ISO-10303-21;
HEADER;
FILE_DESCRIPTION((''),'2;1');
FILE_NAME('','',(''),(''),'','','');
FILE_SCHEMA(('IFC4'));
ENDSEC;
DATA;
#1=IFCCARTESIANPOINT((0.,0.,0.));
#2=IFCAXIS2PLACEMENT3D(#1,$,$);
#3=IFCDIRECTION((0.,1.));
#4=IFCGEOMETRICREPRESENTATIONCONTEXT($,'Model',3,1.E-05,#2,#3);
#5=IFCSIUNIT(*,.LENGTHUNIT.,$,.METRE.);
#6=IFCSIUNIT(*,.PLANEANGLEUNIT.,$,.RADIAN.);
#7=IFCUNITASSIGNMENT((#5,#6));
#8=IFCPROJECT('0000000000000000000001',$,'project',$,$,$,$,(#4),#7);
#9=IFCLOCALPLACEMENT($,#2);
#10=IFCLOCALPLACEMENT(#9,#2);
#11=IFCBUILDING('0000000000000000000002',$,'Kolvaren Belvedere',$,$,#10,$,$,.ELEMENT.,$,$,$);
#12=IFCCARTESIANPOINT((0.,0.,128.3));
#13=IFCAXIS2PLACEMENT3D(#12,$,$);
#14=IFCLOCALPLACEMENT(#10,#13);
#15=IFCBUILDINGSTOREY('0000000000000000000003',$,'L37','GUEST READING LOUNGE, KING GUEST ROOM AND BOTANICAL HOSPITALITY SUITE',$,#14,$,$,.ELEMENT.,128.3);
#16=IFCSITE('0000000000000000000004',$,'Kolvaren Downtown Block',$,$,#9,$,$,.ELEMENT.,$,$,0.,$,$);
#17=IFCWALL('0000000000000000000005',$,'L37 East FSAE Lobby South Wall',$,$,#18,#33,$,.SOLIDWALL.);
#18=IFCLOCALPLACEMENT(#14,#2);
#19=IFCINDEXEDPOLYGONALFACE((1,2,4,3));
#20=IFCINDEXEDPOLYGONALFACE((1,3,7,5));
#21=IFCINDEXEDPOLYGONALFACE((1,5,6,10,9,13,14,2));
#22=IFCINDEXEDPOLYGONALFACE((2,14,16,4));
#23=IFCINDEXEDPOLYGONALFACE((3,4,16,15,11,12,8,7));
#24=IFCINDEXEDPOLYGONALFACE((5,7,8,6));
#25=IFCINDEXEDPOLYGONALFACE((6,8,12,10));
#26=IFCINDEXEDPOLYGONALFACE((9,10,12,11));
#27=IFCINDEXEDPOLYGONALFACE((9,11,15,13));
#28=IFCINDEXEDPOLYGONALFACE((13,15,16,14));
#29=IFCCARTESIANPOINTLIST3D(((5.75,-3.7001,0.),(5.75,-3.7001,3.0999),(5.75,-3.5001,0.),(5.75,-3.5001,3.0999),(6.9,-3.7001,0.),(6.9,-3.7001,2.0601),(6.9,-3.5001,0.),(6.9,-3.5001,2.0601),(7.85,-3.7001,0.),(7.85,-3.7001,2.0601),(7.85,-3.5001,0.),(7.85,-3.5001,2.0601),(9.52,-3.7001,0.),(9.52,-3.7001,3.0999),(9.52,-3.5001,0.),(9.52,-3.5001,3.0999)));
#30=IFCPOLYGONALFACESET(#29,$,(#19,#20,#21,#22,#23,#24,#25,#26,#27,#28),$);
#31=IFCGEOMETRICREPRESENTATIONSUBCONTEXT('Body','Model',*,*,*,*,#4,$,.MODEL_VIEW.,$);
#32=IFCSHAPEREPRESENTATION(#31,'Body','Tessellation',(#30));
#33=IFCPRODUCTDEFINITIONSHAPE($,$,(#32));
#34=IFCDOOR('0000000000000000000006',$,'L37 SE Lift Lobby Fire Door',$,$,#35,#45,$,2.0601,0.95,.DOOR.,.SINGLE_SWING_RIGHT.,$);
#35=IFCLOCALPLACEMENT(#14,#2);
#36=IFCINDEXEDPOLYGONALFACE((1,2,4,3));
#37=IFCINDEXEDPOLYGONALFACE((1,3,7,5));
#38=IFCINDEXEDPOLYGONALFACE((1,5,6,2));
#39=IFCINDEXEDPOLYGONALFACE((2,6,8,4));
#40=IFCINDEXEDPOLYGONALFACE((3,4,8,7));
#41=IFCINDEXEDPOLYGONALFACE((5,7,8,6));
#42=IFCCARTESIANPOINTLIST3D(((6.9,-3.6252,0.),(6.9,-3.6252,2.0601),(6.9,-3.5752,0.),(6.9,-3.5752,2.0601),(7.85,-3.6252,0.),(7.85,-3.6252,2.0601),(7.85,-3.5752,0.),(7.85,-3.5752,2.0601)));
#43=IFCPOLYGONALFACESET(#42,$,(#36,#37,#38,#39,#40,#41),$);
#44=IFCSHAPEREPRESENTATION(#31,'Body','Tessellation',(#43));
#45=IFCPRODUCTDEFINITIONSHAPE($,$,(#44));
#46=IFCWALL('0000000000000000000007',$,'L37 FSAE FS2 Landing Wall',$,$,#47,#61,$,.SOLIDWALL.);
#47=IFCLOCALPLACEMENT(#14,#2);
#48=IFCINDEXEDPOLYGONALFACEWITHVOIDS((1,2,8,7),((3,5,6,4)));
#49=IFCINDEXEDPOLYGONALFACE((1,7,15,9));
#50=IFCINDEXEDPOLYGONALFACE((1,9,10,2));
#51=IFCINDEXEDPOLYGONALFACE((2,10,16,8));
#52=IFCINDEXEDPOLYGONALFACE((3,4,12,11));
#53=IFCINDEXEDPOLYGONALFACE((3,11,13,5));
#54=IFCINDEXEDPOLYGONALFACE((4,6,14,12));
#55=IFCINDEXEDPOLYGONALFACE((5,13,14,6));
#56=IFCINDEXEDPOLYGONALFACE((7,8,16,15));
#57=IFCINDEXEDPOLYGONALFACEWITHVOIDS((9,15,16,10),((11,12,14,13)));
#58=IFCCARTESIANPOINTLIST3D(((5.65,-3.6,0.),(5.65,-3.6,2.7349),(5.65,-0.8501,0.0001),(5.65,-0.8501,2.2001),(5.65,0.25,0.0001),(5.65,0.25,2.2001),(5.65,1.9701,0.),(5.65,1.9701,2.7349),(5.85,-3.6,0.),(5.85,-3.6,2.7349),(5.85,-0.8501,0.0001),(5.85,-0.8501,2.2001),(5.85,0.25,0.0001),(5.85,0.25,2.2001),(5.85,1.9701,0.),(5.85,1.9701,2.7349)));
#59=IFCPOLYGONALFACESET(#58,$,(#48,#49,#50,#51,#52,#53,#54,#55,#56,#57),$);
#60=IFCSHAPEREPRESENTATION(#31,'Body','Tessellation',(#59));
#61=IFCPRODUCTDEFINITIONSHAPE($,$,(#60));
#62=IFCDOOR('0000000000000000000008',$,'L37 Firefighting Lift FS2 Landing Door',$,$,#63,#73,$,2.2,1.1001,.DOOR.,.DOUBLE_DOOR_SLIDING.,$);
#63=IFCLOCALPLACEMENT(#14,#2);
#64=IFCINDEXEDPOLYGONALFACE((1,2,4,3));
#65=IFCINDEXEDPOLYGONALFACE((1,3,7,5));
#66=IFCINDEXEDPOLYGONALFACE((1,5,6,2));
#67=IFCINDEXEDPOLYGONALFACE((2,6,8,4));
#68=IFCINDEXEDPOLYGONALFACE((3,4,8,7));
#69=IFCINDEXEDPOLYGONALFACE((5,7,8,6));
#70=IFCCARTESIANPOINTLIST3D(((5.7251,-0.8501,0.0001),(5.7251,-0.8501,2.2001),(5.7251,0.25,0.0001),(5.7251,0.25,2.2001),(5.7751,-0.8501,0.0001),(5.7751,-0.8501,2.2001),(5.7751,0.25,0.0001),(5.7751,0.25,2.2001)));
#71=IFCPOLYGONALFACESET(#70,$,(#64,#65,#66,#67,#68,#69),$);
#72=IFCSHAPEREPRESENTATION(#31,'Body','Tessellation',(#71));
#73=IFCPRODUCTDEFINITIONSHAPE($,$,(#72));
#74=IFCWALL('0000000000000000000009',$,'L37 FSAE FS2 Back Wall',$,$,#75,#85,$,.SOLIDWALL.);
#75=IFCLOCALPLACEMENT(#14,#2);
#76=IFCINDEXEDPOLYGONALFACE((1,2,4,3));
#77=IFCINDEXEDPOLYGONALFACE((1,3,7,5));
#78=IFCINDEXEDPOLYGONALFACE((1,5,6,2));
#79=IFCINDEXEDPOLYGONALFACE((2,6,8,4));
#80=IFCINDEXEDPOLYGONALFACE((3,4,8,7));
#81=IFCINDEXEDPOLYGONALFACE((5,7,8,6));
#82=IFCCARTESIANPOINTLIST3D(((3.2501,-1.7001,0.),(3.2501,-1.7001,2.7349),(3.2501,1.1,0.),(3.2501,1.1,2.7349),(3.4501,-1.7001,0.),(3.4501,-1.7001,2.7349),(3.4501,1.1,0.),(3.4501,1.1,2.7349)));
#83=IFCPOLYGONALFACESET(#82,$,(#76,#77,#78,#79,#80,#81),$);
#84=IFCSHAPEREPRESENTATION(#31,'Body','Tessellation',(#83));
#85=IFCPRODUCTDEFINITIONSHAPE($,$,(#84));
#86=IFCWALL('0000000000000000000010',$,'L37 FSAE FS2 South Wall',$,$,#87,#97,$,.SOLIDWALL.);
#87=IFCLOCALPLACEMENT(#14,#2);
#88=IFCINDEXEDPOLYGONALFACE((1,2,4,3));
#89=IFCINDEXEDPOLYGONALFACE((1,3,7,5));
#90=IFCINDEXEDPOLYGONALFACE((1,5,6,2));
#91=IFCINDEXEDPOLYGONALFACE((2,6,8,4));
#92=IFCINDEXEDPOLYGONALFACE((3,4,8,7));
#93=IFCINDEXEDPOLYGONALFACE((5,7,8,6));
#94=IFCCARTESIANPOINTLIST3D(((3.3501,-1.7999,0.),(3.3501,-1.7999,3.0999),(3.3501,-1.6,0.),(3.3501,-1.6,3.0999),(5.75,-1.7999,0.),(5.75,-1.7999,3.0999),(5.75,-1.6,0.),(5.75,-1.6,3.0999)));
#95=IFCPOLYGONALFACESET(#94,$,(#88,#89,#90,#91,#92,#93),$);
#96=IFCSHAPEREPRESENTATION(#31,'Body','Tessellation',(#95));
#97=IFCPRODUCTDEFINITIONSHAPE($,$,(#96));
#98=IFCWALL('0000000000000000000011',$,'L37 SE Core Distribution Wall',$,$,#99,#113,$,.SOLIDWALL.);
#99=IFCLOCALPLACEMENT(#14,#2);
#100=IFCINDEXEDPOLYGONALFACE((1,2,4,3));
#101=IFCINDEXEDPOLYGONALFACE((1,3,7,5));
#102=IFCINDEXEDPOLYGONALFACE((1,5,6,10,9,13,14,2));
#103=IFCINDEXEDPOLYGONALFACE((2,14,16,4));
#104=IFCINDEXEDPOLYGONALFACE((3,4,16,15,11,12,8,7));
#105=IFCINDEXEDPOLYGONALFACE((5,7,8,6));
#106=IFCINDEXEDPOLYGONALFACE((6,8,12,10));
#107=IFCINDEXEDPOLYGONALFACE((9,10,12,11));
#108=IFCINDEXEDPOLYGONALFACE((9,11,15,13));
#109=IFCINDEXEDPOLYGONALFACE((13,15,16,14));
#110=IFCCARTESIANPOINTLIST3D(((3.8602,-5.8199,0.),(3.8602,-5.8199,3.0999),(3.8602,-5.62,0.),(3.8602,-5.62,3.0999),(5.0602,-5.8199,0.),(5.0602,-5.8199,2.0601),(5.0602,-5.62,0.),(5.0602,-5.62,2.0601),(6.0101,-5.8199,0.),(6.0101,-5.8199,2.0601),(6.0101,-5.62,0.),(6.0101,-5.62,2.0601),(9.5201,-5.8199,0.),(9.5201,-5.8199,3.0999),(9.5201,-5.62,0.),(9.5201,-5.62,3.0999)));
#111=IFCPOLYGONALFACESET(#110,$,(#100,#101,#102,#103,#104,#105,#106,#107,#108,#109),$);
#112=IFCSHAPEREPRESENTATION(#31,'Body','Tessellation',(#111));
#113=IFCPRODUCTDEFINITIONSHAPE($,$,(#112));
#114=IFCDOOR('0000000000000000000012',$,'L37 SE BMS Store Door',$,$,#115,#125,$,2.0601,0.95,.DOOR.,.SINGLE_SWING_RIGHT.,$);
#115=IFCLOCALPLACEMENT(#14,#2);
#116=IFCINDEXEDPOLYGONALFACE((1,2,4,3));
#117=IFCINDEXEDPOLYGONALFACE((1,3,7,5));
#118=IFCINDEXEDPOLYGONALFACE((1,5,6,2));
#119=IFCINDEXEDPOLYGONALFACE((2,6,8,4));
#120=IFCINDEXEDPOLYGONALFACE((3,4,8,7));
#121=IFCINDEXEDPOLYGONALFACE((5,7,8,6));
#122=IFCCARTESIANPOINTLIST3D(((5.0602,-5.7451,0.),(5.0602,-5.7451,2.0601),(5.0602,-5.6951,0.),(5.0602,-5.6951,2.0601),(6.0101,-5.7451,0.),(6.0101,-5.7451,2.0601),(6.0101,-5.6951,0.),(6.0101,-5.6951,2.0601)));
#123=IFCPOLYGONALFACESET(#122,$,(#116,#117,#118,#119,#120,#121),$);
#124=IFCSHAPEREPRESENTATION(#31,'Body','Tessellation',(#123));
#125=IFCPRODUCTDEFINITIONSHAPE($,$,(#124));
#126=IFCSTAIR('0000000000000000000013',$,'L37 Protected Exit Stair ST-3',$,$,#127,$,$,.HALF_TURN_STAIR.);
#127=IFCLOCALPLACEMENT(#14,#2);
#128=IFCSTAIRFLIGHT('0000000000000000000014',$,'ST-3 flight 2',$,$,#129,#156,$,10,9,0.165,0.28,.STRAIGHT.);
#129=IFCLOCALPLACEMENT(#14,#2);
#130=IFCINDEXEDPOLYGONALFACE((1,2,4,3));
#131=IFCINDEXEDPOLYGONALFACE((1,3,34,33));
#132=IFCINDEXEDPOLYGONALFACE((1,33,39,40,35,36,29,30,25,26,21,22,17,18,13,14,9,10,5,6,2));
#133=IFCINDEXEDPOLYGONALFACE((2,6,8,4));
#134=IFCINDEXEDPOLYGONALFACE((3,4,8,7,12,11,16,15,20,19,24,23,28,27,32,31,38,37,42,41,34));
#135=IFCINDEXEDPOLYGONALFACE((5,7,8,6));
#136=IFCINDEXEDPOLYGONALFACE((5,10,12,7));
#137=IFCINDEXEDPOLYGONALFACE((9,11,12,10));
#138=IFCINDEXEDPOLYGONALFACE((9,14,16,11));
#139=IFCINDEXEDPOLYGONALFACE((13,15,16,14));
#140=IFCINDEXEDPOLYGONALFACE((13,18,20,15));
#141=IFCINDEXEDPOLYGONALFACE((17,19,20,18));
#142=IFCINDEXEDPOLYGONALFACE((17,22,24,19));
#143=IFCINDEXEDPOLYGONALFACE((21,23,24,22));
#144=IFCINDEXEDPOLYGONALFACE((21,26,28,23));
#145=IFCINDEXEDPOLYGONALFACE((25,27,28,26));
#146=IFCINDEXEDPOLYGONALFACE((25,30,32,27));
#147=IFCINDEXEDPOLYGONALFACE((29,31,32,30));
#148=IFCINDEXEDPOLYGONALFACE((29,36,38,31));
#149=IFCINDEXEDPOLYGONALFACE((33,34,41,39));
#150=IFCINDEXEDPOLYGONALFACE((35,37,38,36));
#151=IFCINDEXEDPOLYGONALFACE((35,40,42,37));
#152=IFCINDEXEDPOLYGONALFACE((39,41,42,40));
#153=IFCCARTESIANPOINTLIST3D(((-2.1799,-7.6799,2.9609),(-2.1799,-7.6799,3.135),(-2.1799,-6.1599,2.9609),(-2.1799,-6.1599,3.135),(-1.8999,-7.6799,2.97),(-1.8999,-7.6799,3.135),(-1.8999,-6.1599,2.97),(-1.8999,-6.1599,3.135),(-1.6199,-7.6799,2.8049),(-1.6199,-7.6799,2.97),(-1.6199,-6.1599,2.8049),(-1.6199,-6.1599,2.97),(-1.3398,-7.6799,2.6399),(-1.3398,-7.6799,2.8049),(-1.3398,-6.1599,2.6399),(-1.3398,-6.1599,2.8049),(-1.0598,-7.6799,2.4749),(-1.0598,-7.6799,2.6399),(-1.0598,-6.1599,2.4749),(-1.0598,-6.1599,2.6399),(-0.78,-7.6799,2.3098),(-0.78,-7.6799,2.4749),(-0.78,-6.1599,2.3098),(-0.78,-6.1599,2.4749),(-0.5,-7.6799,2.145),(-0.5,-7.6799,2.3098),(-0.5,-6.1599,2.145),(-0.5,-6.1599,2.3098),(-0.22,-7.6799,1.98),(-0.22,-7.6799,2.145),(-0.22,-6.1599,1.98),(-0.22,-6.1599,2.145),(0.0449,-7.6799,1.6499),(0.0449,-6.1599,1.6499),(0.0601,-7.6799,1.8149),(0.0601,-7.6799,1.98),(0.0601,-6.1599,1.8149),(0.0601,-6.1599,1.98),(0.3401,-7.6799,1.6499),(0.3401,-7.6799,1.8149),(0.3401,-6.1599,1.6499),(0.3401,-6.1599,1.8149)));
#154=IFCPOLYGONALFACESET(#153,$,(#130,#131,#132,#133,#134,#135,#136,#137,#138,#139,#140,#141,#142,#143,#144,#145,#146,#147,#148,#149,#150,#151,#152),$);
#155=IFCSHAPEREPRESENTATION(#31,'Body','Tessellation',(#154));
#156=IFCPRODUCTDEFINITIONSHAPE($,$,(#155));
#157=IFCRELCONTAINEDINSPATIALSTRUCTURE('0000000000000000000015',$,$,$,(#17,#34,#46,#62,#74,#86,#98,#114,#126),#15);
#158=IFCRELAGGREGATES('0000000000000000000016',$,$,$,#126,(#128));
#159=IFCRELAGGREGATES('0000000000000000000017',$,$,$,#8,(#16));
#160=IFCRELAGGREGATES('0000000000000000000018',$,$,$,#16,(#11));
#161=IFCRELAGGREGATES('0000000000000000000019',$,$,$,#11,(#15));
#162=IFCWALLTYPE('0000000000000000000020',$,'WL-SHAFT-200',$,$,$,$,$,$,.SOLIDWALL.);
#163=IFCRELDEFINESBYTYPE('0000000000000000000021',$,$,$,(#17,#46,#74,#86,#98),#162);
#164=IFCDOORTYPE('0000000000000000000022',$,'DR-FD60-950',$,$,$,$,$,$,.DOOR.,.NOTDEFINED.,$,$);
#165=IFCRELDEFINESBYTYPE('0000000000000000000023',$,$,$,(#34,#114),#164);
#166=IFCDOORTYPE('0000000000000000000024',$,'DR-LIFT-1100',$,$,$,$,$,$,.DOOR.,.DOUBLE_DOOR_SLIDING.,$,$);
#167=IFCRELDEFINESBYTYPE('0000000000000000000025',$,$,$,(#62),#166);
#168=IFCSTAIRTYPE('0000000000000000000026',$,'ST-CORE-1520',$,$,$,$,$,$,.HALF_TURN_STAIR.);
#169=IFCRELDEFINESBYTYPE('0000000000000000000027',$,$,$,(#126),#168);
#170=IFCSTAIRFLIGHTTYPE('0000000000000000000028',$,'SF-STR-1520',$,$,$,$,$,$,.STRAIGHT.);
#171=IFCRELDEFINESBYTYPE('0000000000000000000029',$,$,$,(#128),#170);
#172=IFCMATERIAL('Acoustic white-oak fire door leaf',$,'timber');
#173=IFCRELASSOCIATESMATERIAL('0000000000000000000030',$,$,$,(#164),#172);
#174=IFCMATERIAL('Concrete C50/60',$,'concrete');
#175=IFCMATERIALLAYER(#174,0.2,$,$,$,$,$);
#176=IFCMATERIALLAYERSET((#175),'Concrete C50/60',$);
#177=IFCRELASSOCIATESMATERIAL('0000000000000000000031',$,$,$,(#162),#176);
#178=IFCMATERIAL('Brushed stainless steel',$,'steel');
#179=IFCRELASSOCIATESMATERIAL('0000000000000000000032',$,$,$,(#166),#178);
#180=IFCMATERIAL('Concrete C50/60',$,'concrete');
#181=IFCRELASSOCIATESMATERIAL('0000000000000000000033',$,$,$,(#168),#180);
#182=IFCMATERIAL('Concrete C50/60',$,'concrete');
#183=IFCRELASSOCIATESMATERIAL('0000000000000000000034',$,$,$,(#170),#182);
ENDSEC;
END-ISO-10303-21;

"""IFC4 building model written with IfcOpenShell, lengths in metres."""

from ifc_helpers import new_model, si_unit, direction, frame, frame_2d, origin, place, context, subcontext, project, spatial, polyline, rectangle, outline, extrude, material, layer, layer_set, type_object, element, fill, aggregate, save


model = new_model("IFC4")

# Units and contexts
model_context = context("Model", 3, precision=1e-05, world=origin(), true_north=direction((0.0, 1.0)))
body_context = subcontext(model_context, "Body", "Model", "MODEL_VIEW")
ifc_project = project(units=[si_unit("LENGTHUNIT", "METRE"), si_unit("PLANEANGLEUNIT", "RADIAN")], contexts=[model_context])

# Site, building, storey
site_placement = place(None, origin())
site = spatial("IfcSite", under=ifc_project, at=site_placement, Name="Kolvaren Downtown Block", CompositionType="ELEMENT", RefElevation=0.0)
building_placement = place(site_placement, origin())
building = spatial("IfcBuilding", under=site, at=building_placement, Name="Kolvaren Belvedere", CompositionType="ELEMENT")
storey_placement = place(building_placement, frame((0.0, 0.0, 128.3)))
storey = spatial("IfcBuildingStorey", under=building, at=storey_placement, Name="L37", Description="GUEST READING LOUNGE, KING GUEST ROOM AND BOTANICAL HOSPITALITY SUITE", CompositionType="ELEMENT", Elevation=128.3)

# Walls, openings, doors
ifc_material_1 = material(Name="Acoustic white-oak fire door leaf", Category="timber")
door_type_1 = type_object("IfcDoorType", Name="DR-FD60-950", OperationType="NOTDEFINED", PredefinedType="DOOR", material=ifc_material_1)
ifc_material_2 = material(Name="Concrete C50/60", Category="concrete")
ifc_layer_1 = layer(ifc_material_2, 0.2)
ifc_layer_set_1 = layer_set([ifc_layer_1], Name="Concrete C50/60")
wall_type_1 = type_object("IfcWallType", Name="WL-SHAFT-200", PredefinedType="SOLIDWALL", material=ifc_layer_set_1)
wall_1_placement = place(storey_placement, frame((5.75, -3.6001, 0.0), z_axis=(0.0, 0.0, 1.0), x_axis=(1.0, 0.0, 0.0)))
wall_1 = element("IfcWall", 1, at=wall_1_placement, inside=storey, type_object=wall_type_1, Name="L37 East FSAE Lobby South Wall", PredefinedType="SOLIDWALL", context=body_context, shape_type="SweptSolid", body=[
    extrude(rectangle(XDim=3.77, YDim=0.2, at=frame_2d((1.885, 0.0))), origin(), (0.0, 0.0, 1.0), 3.0999),
])
opening_1_placement = place(wall_1_placement, frame((1.1499, 0.0, 0.0)))
opening_1 = element("IfcOpeningElement", 2, at=opening_1_placement, cuts=wall_1, PredefinedType="OPENING", context=body_context, shape_type="SweptSolid", body=[
    extrude(rectangle(XDim=0.95, YDim=2.0601, at=frame_2d((0.4751, 1.03))), frame((0.0, 0.1099, 0.0), z_axis=(0.0, -1.0, 0.0), x_axis=(1.0, 0.0, 0.0)), (0.0, 0.0, 1.0), 0.22),
])
door_1_placement = place(opening_1_placement, origin())
door_1 = element("IfcDoor", 3, at=door_1_placement, inside=storey, type_object=door_type_1, Name="L37 SE Lift Lobby Fire Door", OperationType="SINGLE_SWING_RIGHT", OverallHeight=2.0601, OverallWidth=0.95, PredefinedType="DOOR", context=body_context, shape_type="SweptSolid", body=[
    extrude(rectangle(XDim=0.95, YDim=2.0601, at=frame_2d((0.4751, 1.03))), frame((0.0, 0.0249, 0.0), z_axis=(0.0, -1.0, 0.0), x_axis=(1.0, 0.0, 0.0)), (0.0, 0.0, 1.0), 0.05),
])
fill(opening_1, door_1)
wall_2_placement = place(storey_placement, frame((5.75, -3.6001, 0.0), z_axis=(0.0, 0.0, 1.0), x_axis=(0.0, 1.0, 0.0)))
wall_2 = element("IfcWall", 4, at=wall_2_placement, inside=storey, type_object=wall_type_1, Name="L37 FSAE FS2 Landing Wall", PredefinedType="SOLIDWALL", context=body_context, shape_type="SweptSolid", body=[
    extrude(rectangle(XDim=5.5701, YDim=0.2, at=frame_2d((2.7852, 0.0))), origin(), (0.0, 0.0, 1.0), 2.7349),
])
opening_2_placement = place(wall_2_placement, frame((2.75, 0.0, 0.0)))
opening_2 = element("IfcOpeningElement", 5, at=opening_2_placement, cuts=wall_2, PredefinedType="OPENING", context=body_context, shape_type="SweptSolid", body=[
    extrude(rectangle(XDim=1.1001, YDim=2.2, at=frame_2d((0.55, 1.1001))), frame((0.0, 0.1099, 0.0), z_axis=(0.0, -1.0, 0.0), x_axis=(1.0, 0.0, 0.0)), (0.0, 0.0, 1.0), 0.22),
])
ifc_material_3 = material(Name="Brushed stainless steel", Category="steel")
door_type_2 = type_object("IfcDoorType", Name="DR-LIFT-1100", OperationType="DOUBLE_DOOR_SLIDING", PredefinedType="DOOR", material=ifc_material_3)
door_2_placement = place(opening_2_placement, origin())
door_2 = element("IfcDoor", 6, at=door_2_placement, inside=storey, type_object=door_type_2, Name="L37 Firefighting Lift FS2 Landing Door", OperationType="DOUBLE_DOOR_SLIDING", OverallHeight=2.2, OverallWidth=1.1001, PredefinedType="DOOR", context=body_context, shape_type="SweptSolid", body=[
    extrude(rectangle(XDim=1.1001, YDim=2.2, at=frame_2d((0.55, 1.1001))), frame((0.0, 0.0249, 0.0), z_axis=(0.0, -1.0, 0.0), x_axis=(1.0, 0.0, 0.0)), (0.0, 0.0, 1.0), 0.05),
])
fill(opening_2, door_2)

# Walls
wall_3_placement = place(storey_placement, frame((3.3501, -1.7, 0.0), z_axis=(0.0, 0.0, 1.0), x_axis=(0.0, 1.0, 0.0)))
element("IfcWall", 7, at=wall_3_placement, inside=storey, type_object=wall_type_1, Name="L37 FSAE FS2 Back Wall", PredefinedType="SOLIDWALL", context=body_context, shape_type="SweptSolid", body=[
    extrude(rectangle(XDim=2.8, YDim=0.2, at=frame_2d((1.3999, 0.0))), origin(), (0.0, 0.0, 1.0), 2.7349),
])
wall_4_placement = place(storey_placement, frame((3.3501, -1.7, 0.0), z_axis=(0.0, 0.0, 1.0), x_axis=(1.0, 0.0, 0.0)))
element("IfcWall", 8, at=wall_4_placement, inside=storey, type_object=wall_type_1, Name="L37 FSAE FS2 South Wall", PredefinedType="SOLIDWALL", context=body_context, shape_type="SweptSolid", body=[
    extrude(rectangle(XDim=2.3999, YDim=0.2, at=frame_2d((1.2, 0.0))), origin(), (0.0, 0.0, 1.0), 3.0999),
])

# Wall, opening, door
wall_5_placement = place(storey_placement, frame((3.8601, -5.72, 0.0), z_axis=(0.0, 0.0, 1.0), x_axis=(1.0, 0.0, 0.0)))
wall_5 = element("IfcWall", 9, at=wall_5_placement, inside=storey, type_object=wall_type_1, Name="L37 SE Core Distribution Wall", PredefinedType="SOLIDWALL", context=body_context, shape_type="SweptSolid", body=[
    extrude(rectangle(XDim=5.6599, YDim=0.2, at=frame_2d((2.8301, 0.0))), origin(), (0.0, 0.0, 1.0), 3.0999),
])
opening_3_placement = place(wall_5_placement, frame((1.2, 0.0, 0.0)))
opening_3 = element("IfcOpeningElement", 10, at=opening_3_placement, cuts=wall_5, PredefinedType="OPENING", context=body_context, shape_type="SweptSolid", body=[
    extrude(rectangle(XDim=0.95, YDim=2.0601, at=frame_2d((0.4751, 1.03))), frame((0.0, 0.1099, 0.0), z_axis=(0.0, -1.0, 0.0), x_axis=(1.0, 0.0, 0.0)), (0.0, 0.0, 1.0), 0.22),
])
door_3_placement = place(opening_3_placement, origin())
door_3 = element("IfcDoor", 11, at=door_3_placement, inside=storey, type_object=door_type_1, Name="L37 SE BMS Store Door", OperationType="SINGLE_SWING_RIGHT", OverallHeight=2.0601, OverallWidth=0.95, PredefinedType="DOOR", context=body_context, shape_type="SweptSolid", body=[
    extrude(rectangle(XDim=0.95, YDim=2.0601, at=frame_2d((0.4751, 1.03))), frame((0.0, 0.0249, 0.0), z_axis=(0.0, -1.0, 0.0), x_axis=(1.0, 0.0, 0.0)), (0.0, 0.0, 1.0), 0.05),
])
fill(opening_3, door_3)

# Stair, stair flight
ifc_material_4 = material(Name="Concrete C50/60", Category="concrete")
stair_type = type_object("IfcStairType", Name="ST-CORE-1520", PredefinedType="HALF_TURN_STAIR", material=ifc_material_4)
stair_placement = place(storey_placement, origin())
stair = element("IfcStair", 12, at=stair_placement, inside=storey, type_object=stair_type, Name="L37 Protected Exit Stair ST-3", PredefinedType="HALF_TURN_STAIR")
ifc_material_5 = material(Name="Concrete C50/60", Category="concrete")
stair_flight_type = type_object("IfcStairFlightType", Name="SF-STR-1520", PredefinedType="STRAIGHT", material=ifc_material_5)
stair_flight_placement = place(storey_placement, frame((0.3401, -6.9199, 1.6499), z_axis=(0.0, 0.0, 1.0), x_axis=(-1.0, 0.0, 0.0)))
stair_flight = element("IfcStairFlight", 13, at=stair_flight_placement, type_object=stair_flight_type, Name="ST-3 flight 2", NumberOfRisers=10, NumberOfTreads=9, PredefinedType="STRAIGHT", RiserHeight=0.165, TreadLength=0.28, context=body_context, shape_type="SweptSolid", body=[
    extrude(outline(polyline([(0.0, 0.0), (0.0, 0.165), (0.28, 0.165), (0.28, 0.3301), (0.5601, 0.3301), (0.5601, 0.4951), (0.8401, 0.4951), (0.8401, 0.6599), (1.1201, 0.6599), (1.1201, 0.825), (1.3999, 0.825), (1.3999, 0.99), (1.6799, 0.99), (1.6799, 1.155), (1.96, 1.155), (1.96, 1.3201), (2.24, 1.3201), (2.24, 1.4851), (2.52, 1.4851), (2.52, 1.6499), (2.52, 1.311), (0.2952, 0.0), (0.0, 0.0)])), frame((0.0, 0.76, 0.0), z_axis=(0.0, -1.0, 0.0), x_axis=(1.0, 0.0, 0.0)), (0.0, 0.0, 1.0), 1.52),
])
aggregate(stair, [stair_flight])

save(model, "model.ifc")
